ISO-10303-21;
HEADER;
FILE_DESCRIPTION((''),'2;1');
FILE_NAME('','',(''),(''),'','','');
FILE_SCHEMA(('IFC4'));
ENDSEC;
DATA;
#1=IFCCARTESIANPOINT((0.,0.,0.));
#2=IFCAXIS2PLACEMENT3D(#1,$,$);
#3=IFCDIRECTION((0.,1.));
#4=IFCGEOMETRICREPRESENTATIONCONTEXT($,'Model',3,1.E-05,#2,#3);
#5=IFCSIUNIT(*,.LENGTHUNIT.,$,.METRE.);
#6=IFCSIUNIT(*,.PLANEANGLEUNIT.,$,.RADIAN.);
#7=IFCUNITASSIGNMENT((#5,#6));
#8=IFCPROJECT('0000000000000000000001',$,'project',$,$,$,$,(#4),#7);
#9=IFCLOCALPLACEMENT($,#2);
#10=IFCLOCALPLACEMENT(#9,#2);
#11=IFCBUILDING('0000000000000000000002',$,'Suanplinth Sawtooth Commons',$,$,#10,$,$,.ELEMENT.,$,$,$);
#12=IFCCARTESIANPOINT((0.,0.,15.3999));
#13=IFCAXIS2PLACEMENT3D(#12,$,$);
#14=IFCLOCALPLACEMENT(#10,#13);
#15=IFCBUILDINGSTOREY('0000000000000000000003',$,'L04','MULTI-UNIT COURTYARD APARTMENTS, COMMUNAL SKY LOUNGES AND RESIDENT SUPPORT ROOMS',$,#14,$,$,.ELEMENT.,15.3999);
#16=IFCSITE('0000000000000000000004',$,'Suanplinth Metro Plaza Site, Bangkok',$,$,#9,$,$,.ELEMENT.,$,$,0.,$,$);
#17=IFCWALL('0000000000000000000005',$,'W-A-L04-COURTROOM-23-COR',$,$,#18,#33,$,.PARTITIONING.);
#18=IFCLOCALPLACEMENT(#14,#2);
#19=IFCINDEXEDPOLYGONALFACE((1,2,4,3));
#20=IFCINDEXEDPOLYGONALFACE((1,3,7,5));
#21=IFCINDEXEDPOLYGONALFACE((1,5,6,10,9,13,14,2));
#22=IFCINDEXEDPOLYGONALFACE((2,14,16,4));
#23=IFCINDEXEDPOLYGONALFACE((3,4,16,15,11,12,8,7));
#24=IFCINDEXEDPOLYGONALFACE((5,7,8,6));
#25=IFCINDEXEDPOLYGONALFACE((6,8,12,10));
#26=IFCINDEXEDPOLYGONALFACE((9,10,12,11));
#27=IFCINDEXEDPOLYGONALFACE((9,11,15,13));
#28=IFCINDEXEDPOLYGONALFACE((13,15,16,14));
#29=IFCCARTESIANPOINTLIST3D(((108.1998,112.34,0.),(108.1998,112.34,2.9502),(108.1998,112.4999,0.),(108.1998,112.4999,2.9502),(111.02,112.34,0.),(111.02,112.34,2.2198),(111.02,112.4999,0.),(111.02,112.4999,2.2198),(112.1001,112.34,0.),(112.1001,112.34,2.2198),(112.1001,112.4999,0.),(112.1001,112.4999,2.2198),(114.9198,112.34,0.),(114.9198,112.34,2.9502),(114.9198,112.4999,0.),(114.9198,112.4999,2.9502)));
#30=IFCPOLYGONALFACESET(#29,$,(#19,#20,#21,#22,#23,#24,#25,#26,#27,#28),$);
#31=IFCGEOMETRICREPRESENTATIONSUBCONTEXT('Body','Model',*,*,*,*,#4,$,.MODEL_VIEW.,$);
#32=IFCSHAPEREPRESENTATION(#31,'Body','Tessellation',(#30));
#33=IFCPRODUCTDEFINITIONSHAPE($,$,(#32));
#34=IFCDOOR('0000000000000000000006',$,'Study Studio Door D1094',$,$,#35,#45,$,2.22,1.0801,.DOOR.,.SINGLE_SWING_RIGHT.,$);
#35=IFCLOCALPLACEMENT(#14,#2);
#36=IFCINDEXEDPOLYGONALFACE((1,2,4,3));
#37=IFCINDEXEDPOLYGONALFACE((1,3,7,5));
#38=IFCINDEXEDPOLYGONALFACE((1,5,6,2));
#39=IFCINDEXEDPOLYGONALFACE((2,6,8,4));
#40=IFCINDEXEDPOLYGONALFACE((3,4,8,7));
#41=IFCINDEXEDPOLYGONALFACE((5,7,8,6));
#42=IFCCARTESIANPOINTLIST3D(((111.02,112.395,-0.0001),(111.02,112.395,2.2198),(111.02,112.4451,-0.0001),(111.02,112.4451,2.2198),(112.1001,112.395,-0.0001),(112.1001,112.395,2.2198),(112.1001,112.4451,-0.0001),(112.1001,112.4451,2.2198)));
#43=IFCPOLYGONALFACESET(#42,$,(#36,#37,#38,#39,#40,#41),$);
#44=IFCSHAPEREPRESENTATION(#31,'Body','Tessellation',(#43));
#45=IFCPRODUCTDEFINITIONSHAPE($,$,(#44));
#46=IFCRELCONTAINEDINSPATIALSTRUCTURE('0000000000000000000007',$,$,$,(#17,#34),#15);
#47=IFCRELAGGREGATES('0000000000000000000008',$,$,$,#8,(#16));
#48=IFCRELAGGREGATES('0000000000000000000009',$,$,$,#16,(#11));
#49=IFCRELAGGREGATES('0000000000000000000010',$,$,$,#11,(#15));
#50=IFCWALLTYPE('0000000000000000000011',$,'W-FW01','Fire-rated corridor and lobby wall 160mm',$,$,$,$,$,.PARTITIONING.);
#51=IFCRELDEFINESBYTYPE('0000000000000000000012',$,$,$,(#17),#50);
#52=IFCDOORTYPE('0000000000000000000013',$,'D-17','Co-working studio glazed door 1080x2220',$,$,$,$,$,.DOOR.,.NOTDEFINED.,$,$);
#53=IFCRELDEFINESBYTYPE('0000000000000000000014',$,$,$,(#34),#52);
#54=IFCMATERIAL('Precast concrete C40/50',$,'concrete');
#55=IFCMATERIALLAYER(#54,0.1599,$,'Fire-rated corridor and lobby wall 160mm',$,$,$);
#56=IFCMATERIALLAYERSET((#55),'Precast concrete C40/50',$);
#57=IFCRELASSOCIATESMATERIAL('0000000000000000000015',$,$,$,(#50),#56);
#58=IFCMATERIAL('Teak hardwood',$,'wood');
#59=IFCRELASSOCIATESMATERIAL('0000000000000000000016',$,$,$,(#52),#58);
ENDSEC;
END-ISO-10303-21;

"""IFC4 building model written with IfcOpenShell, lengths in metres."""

from ifc_helpers import new_model, si_unit, direction, frame, frame_2d, origin, place, context, subcontext, project, spatial, rectangle, extrude, material, layer, layer_set, type_object, element, fill, save


model = new_model("IFC4")

# Units and contexts
model_context = context("Model", 3, precision=1e-05, world=origin(), true_north=direction((0.0, 1.0)))
body_context = subcontext(model_context, "Body", "Model", "MODEL_VIEW")
ifc_project = project(units=[si_unit("LENGTHUNIT", "METRE"), si_unit("PLANEANGLEUNIT", "RADIAN")], contexts=[model_context])

# Site, building, storey
site_placement = place(None, origin())
site = spatial("IfcSite", under=ifc_project, at=site_placement, Name="Suanplinth Metro Plaza Site, Bangkok", CompositionType="ELEMENT", RefElevation=0.0)
building_placement = place(site_placement, origin())
building = spatial("IfcBuilding", under=site, at=building_placement, Name="Suanplinth Sawtooth Commons", CompositionType="ELEMENT")
storey_placement = place(building_placement, frame((0.0, 0.0, 15.3999)))
storey = spatial("IfcBuildingStorey", under=building, at=storey_placement, Name="L04", Description="MULTI-UNIT COURTYARD APARTMENTS, COMMUNAL SKY LOUNGES AND RESIDENT SUPPORT ROOMS", CompositionType="ELEMENT", Elevation=15.3999)

# Shared definitions
ifc_material_1 = material(Name="Precast concrete C40/50", Category="concrete")

# Wall, opening, door
ifc_layer_1 = layer(ifc_material_1, 0.1599, Name="Fire-rated corridor and lobby wall 160mm")
ifc_layer_set_1 = layer_set([ifc_layer_1], Name="Precast concrete C40/50")
wall_type_1 = type_object("IfcWallType", Name="W-FW01", Description="Fire-rated corridor and lobby wall 160mm", PredefinedType="PARTITIONING", material=ifc_layer_set_1)
wall_1_placement = place(storey_placement, frame((108.2, 112.4199, 0.0), z_axis=(0.0, 0.0, 1.0), x_axis=(1.0, 0.0, 0.0)))
wall_1 = element("IfcWall", 1, at=wall_1_placement, inside=storey, type_object=wall_type_1, Name="W-A-L04-COURTROOM-23-COR", PredefinedType="PARTITIONING", context=body_context, shape_type="SweptSolid", body=[
    extrude(rectangle(XDim=6.72, YDim=0.1599, at=frame_2d((3.3599, 0.0))), origin(), (0.0, 0.0, 1.0), 2.9502),
])
opening_1_placement = place(wall_1_placement, frame((2.8201, 0.0, 0.0)))
opening_1 = element("IfcOpeningElement", 2, at=opening_1_placement, cuts=wall_1, PredefinedType="OPENING", context=body_context, shape_type="SweptSolid", body=[
    extrude(rectangle(XDim=1.0801, YDim=2.22, at=frame_2d((0.54, 1.1099))), frame((0.0, 0.0947, 0.0), z_axis=(0.0, -1.0, 0.0), x_axis=(1.0, 0.0, 0.0)), (0.0, 0.0, 1.0), 0.1897),
])
ifc_material_2 = material(Name="Teak hardwood", Category="wood")
door_type_1 = type_object("IfcDoorType", Name="D-17", Description="Co-working studio glazed door 1080x2220", OperationType="NOTDEFINED", PredefinedType="DOOR", material=ifc_material_2)
door_1_placement = place(opening_1_placement, frame((1.0801, 0.0, 0.0), z_axis=(0.0, 0.0, 1.0), x_axis=(-1.0, 0.0, 0.0)))
door_1 = element("IfcDoor", 3, at=door_1_placement, inside=storey, type_object=door_type_1, Name="Study Studio Door D1094", OperationType="SINGLE_SWING_RIGHT", OverallHeight=2.22, OverallWidth=1.0801, PredefinedType="DOOR", context=body_context, shape_type="SweptSolid", body=[
    extrude(rectangle(XDim=1.0801, YDim=2.22, at=frame_2d((0.54, 1.1099))), frame((0.0, 0.0249, 0.0), z_axis=(0.0, -1.0, 0.0), x_axis=(1.0, 0.0, 0.0)), (0.0, 0.0, 1.0), 0.05),
])
fill(opening_1, door_1)

save(model, "model.ifc")
